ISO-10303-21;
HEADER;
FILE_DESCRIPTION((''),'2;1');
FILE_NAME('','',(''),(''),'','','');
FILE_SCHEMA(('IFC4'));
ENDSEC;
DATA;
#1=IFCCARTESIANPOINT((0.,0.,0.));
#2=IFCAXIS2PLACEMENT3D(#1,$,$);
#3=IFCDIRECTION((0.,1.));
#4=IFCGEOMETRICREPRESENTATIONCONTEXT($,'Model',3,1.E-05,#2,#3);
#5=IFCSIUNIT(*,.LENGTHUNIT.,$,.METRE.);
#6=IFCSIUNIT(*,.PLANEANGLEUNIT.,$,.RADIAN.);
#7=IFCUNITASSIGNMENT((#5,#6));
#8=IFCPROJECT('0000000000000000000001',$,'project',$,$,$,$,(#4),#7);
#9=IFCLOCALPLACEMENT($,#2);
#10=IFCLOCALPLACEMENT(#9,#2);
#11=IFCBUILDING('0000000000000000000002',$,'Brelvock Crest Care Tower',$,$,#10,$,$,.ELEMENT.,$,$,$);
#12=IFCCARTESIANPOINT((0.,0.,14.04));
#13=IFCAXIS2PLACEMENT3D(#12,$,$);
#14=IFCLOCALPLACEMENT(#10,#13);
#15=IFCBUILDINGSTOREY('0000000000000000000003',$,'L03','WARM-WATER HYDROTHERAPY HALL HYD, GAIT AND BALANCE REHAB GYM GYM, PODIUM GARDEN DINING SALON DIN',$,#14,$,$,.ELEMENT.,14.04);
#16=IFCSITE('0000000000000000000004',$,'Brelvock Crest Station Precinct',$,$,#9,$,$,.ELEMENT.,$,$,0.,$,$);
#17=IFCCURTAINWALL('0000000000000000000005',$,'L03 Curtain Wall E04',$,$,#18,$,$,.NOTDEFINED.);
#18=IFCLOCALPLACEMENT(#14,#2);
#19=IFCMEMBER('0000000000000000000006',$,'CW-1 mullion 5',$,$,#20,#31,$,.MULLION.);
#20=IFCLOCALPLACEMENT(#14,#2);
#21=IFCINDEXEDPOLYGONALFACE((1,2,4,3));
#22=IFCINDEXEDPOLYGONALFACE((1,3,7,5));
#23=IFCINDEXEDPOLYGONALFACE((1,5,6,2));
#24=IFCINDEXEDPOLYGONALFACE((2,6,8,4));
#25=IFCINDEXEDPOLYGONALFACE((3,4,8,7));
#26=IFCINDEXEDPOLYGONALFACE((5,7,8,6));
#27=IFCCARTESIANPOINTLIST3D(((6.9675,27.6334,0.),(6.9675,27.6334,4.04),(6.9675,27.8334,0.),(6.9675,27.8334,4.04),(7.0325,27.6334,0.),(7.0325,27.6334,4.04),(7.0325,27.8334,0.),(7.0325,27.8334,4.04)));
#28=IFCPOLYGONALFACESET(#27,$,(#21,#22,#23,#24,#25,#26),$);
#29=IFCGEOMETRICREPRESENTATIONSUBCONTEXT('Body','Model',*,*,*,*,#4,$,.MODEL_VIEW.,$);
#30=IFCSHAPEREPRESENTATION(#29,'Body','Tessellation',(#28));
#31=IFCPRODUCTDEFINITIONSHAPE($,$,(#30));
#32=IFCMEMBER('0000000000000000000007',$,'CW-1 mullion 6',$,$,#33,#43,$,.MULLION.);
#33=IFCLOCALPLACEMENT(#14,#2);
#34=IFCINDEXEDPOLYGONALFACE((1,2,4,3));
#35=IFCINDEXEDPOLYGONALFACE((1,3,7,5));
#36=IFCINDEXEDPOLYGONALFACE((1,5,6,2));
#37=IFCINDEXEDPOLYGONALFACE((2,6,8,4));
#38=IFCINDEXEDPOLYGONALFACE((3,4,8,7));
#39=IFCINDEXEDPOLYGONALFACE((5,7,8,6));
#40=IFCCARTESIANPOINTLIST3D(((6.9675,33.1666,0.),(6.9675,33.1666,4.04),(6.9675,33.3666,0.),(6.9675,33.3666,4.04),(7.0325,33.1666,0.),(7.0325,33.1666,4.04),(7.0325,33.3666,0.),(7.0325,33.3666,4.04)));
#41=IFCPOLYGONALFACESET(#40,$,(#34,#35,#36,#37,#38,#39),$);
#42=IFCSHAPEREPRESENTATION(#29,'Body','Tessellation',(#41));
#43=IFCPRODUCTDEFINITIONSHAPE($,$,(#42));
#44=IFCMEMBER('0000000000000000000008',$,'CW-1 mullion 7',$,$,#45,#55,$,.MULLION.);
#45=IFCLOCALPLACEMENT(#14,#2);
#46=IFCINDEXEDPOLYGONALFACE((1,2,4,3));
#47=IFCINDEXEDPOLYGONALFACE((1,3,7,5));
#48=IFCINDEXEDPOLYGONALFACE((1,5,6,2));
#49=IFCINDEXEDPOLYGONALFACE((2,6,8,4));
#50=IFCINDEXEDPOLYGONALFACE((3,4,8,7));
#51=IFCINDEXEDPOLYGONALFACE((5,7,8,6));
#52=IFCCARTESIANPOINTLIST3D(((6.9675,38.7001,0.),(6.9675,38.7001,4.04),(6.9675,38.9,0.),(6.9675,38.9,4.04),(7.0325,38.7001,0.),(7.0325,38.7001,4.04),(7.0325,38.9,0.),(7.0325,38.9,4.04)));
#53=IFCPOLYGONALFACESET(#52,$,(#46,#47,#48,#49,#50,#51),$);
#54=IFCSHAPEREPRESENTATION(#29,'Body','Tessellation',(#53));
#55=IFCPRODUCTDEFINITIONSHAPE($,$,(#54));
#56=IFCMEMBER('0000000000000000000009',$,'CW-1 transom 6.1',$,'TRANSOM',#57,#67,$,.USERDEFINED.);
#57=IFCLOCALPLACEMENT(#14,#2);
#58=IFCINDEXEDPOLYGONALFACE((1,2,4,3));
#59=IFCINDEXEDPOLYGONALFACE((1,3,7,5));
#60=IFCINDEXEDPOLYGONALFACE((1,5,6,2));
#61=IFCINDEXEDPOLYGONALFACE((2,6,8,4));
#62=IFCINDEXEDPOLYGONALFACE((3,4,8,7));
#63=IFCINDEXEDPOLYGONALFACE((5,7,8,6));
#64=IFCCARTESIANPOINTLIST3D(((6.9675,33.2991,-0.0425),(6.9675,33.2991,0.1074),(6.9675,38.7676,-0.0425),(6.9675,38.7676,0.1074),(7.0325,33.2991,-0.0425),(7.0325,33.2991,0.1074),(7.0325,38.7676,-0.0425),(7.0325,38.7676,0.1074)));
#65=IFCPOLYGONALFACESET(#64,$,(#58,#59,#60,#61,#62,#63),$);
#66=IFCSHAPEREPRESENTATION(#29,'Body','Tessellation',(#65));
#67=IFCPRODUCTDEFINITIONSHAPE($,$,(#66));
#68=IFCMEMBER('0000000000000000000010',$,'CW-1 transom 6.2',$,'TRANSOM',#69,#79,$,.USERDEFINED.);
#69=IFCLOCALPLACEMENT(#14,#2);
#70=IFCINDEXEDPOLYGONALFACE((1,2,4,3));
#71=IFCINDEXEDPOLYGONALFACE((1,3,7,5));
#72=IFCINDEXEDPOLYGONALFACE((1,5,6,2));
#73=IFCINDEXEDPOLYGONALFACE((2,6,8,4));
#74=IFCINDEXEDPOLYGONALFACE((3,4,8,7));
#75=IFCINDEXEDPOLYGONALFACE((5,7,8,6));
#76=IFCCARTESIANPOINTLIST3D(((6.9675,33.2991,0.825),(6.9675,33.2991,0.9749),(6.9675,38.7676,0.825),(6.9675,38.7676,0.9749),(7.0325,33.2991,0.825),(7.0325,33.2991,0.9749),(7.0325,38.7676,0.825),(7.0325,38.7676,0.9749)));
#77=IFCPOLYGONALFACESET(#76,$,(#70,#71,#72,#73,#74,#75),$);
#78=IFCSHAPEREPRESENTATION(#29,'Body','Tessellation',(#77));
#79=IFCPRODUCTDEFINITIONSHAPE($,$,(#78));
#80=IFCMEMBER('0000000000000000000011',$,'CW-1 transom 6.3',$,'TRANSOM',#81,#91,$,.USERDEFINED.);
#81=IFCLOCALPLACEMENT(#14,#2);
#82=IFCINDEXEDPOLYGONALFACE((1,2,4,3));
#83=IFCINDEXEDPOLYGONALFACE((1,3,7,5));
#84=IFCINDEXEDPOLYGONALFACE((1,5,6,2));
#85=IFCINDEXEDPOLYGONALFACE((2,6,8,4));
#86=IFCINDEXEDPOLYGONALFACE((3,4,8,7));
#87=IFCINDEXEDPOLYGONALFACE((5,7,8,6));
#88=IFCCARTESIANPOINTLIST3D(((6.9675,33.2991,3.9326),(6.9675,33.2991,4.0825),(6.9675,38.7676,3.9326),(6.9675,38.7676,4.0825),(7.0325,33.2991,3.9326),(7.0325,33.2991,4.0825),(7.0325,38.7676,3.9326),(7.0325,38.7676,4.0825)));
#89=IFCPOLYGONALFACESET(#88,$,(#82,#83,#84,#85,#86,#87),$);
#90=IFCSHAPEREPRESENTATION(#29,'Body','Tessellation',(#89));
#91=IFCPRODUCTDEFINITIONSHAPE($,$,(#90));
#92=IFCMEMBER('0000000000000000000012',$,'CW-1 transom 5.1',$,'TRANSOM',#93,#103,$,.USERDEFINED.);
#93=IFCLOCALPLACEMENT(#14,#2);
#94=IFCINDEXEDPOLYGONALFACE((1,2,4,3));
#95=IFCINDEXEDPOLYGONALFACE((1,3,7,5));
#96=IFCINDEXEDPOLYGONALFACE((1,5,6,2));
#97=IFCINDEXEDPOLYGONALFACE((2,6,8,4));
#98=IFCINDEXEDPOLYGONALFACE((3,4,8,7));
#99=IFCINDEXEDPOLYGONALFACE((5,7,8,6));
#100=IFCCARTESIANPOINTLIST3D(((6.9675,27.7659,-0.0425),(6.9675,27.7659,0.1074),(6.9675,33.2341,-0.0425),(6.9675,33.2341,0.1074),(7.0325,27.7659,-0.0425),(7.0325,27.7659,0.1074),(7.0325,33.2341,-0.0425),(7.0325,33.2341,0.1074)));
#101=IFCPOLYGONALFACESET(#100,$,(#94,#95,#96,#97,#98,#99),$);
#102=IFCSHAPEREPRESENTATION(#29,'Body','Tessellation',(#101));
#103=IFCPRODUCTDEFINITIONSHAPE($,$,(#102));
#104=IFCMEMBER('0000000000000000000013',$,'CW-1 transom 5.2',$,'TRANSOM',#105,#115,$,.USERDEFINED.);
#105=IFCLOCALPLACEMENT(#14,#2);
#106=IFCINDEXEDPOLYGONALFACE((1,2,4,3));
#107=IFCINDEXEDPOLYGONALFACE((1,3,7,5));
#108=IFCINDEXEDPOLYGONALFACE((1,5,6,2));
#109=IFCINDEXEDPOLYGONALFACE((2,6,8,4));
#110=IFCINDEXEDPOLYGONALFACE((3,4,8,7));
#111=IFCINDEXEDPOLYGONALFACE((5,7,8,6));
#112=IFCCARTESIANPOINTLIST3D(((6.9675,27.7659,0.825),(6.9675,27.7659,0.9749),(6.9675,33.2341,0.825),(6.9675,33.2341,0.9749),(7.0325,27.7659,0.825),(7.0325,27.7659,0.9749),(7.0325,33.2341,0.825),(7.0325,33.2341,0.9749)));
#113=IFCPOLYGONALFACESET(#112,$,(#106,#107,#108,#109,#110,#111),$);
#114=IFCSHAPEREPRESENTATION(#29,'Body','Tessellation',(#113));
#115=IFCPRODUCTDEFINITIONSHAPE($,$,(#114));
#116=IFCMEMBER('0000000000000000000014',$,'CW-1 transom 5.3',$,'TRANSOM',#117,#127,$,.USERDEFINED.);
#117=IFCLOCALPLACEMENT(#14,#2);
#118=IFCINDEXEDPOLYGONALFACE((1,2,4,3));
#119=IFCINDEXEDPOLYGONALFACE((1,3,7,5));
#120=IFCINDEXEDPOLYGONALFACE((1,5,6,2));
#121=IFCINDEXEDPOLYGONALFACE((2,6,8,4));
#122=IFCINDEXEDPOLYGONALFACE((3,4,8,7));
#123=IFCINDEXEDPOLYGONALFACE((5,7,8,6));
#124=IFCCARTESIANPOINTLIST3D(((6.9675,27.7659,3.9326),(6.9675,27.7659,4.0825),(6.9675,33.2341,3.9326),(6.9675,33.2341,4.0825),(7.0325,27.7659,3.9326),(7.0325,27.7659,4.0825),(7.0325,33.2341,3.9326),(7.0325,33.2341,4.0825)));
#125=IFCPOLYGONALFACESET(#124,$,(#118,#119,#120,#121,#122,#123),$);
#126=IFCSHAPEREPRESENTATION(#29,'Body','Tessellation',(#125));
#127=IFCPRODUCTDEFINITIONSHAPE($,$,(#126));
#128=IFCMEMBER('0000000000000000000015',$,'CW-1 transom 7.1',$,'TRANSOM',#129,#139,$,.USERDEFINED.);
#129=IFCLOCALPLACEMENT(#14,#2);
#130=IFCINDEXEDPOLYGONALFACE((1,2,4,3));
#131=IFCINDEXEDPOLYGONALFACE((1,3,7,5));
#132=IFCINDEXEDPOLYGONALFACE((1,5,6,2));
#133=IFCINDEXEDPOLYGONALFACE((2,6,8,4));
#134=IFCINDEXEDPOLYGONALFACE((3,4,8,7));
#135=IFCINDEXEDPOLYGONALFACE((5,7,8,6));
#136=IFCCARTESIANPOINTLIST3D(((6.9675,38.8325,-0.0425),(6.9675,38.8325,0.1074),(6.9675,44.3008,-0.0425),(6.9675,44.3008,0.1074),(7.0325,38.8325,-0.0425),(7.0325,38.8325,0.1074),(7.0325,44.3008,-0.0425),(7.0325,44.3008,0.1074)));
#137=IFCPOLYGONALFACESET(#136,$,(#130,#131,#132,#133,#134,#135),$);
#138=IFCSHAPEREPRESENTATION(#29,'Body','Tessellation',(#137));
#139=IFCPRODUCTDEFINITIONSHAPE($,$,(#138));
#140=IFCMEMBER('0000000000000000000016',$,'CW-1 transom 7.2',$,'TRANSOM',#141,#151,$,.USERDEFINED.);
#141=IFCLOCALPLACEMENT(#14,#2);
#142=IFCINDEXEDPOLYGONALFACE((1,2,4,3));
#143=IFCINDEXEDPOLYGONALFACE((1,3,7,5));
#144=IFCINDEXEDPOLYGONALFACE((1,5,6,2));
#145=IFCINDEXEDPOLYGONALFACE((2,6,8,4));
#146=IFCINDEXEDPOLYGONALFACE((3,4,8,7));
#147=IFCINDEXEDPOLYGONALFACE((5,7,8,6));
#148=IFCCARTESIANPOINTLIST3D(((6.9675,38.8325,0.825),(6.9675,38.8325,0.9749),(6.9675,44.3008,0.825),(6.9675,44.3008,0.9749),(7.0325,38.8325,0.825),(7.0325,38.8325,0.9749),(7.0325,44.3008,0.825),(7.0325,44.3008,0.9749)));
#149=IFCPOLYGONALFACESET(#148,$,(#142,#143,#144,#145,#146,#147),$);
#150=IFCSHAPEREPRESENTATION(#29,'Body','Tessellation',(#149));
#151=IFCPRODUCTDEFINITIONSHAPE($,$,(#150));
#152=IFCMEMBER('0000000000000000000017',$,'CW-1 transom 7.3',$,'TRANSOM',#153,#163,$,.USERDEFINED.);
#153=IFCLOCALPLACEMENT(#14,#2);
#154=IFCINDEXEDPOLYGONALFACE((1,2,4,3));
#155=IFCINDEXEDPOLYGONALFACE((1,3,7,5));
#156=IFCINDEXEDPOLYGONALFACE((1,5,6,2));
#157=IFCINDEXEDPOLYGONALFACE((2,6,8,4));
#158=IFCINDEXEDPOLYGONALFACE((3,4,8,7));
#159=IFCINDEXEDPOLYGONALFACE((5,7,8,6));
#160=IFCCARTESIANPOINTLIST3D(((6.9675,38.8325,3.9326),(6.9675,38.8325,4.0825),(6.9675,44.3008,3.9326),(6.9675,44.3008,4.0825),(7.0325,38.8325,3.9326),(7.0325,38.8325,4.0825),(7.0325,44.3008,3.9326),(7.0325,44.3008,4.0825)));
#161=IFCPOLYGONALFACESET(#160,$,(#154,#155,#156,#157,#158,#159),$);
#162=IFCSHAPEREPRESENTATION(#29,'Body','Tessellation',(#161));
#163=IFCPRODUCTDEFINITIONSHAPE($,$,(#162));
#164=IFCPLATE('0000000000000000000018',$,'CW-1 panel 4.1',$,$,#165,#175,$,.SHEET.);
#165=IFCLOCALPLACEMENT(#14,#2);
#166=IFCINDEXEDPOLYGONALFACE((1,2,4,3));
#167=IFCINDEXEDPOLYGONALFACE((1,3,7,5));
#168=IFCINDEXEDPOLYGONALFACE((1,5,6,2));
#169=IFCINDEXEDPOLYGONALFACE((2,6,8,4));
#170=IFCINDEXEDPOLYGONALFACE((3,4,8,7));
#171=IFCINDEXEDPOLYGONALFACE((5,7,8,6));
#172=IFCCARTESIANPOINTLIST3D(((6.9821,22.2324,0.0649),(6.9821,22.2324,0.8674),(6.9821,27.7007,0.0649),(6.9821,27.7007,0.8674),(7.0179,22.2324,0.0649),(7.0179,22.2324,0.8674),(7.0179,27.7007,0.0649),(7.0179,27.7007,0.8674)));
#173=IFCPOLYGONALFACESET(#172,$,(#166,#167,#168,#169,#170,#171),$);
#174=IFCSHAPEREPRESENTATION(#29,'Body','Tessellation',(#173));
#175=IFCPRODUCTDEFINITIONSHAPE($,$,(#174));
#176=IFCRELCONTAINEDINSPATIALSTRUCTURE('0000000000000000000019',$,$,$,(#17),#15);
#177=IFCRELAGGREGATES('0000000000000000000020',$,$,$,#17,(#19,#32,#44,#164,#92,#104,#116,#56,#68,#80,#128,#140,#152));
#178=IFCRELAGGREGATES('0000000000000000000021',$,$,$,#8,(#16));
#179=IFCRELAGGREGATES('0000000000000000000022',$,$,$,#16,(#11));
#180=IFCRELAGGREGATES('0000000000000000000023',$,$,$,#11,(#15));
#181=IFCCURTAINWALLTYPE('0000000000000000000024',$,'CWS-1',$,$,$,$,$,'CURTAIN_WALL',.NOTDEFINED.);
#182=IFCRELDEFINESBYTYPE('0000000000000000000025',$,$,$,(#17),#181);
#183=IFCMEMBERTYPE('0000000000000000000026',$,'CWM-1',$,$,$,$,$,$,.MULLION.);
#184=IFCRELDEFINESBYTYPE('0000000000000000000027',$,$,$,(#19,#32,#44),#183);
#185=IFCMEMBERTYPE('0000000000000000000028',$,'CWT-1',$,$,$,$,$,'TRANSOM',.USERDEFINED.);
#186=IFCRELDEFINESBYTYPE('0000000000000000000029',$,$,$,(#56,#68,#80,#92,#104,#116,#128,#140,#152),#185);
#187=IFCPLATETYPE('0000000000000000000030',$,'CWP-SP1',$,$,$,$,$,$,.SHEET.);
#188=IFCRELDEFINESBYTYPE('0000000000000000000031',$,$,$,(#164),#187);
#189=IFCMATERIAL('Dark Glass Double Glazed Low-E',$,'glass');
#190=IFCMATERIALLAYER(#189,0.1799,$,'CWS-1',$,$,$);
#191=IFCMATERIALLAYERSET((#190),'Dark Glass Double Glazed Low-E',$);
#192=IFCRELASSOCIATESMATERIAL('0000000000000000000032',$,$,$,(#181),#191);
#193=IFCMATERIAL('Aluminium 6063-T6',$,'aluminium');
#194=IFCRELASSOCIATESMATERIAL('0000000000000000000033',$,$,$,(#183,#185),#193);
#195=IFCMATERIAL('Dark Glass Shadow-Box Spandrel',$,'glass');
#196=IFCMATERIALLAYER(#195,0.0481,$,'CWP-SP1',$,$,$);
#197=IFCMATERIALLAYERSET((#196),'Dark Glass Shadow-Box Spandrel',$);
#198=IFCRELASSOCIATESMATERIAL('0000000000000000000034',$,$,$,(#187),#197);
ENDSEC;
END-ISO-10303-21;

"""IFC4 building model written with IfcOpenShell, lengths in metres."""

from ifc_helpers import new_model, si_unit, direction, frame, origin, origin_2d, place, context, subcontext, project, spatial, rectangle, extrude, source, transform, mapped, material, layer, layer_set, material_profile, profile_set, type_object, element, aggregate, save


model = new_model("IFC4")

# Units and contexts
model_context = context("Model", 3, precision=1e-05, world=origin(), true_north=direction((0.0, 1.0)))
body_context = subcontext(model_context, "Body", "Model", "MODEL_VIEW")
ifc_project = project(units=[si_unit("LENGTHUNIT", "METRE"), si_unit("PLANEANGLEUNIT", "RADIAN")], contexts=[model_context])

# Site, building, storey
site_placement = place(None, origin())
site = spatial("IfcSite", under=ifc_project, at=site_placement, Name="Brelvock Crest Station Precinct", CompositionType="ELEMENT", RefElevation=0.0)
building_placement = place(site_placement, origin())
building = spatial("IfcBuilding", under=site, at=building_placement, Name="Brelvock Crest Care Tower", CompositionType="ELEMENT")
storey_placement = place(building_placement, frame((0.0, 0.0, 14.04)))
storey = spatial("IfcBuildingStorey", under=building, at=storey_placement, Name="L03", Description="WARM-WATER HYDROTHERAPY HALL HYD, GAIT AND BALANCE REHAB GYM GYM, PODIUM GARDEN DINING SALON DIN", CompositionType="ELEMENT", Elevation=14.04)

# Curtain wall, members, plate
ifc_material_1 = material(Name="Dark Glass Double Glazed Low-E", Category="glass")
ifc_layer_1 = layer(ifc_material_1, 0.1799, Name="CWS-1")
ifc_layer_set_1 = layer_set([ifc_layer_1], Name="Dark Glass Double Glazed Low-E")
curtain_wall_type = type_object("IfcCurtainWallType", Name="CWS-1", ElementType="CURTAIN_WALL", PredefinedType="NOTDEFINED", material=ifc_layer_set_1)
curtain_wall_placement = place(storey_placement, origin())
curtain_wall = element("IfcCurtainWall", 1, at=curtain_wall_placement, inside=storey, type_object=curtain_wall_type, Name="L03 Curtain Wall E04", PredefinedType="NOTDEFINED")
ifc_material_2 = material(Name="Aluminium 6063-T6", Category="aluminium")
ifc_material_profile_1 = material_profile(ifc_material_2, rectangle(XDim=0.0649, YDim=0.2, at=origin_2d()), Name="ALU65x200")
ifc_profile_set_1 = profile_set([ifc_material_profile_1], Name="Aluminium 6063-T6")
member_type_1 = type_object("IfcMemberType", Name="CWM-1", PredefinedType="MULLION", material=ifc_profile_set_1)
shared_shape_1 = source(origin(), body_context, "Body", "SweptSolid", [
    extrude(rectangle(XDim=0.0649, YDim=0.2, at=origin_2d()), origin(), (0.0, 0.0, 1.0), 4.04),
])
member_1_placement = place(storey_placement, frame((7.0, 27.7334, 0.0), z_axis=(0.0, 0.0, 1.0), x_axis=(-1.0, 0.0, 0.0)))
member_1 = element("IfcMember", 2, at=member_1_placement, type_object=member_type_1, Name="CW-1 mullion 5", PredefinedType="MULLION", context=body_context, shape_type="MappedRepresentation", body=[
    mapped(shared_shape_1, transform((0.0, 0.0, 0.0), x_axis=(1.0, 0.0, 0.0), y_axis=(0.0, 1.0, 0.0), z_axis=(0.0, 0.0, 1.0), scale=1.0)),
])
member_2_placement = place(storey_placement, frame((7.0, 33.2666, 0.0), z_axis=(0.0, 0.0, 1.0), x_axis=(-1.0, 0.0, 0.0)))
member_2 = element("IfcMember", 3, at=member_2_placement, type_object=member_type_1, Name="CW-1 mullion 6", PredefinedType="MULLION", context=body_context, shape_type="MappedRepresentation", body=[
    mapped(shared_shape_1, transform((0.0, 0.0, 0.0), x_axis=(1.0, 0.0, 0.0), y_axis=(0.0, 1.0, 0.0), z_axis=(0.0, 0.0, 1.0), scale=1.0)),
])
member_3_placement = place(storey_placement, frame((7.0, 38.8, 0.0), z_axis=(0.0, 0.0, 1.0), x_axis=(-1.0, 0.0, 0.0)))
member_3 = element("IfcMember", 4, at=member_3_placement, type_object=member_type_1, Name="CW-1 mullion 7", PredefinedType="MULLION", context=body_context, shape_type="MappedRepresentation", body=[
    mapped(shared_shape_1, transform((0.0, 0.0, 0.0), x_axis=(1.0, 0.0, 0.0), y_axis=(0.0, 1.0, 0.0), z_axis=(0.0, 0.0, 1.0), scale=1.0)),
])
ifc_material_profile_2 = material_profile(ifc_material_2, rectangle(XDim=0.0649, YDim=0.1499, at=origin_2d()), Name="ALU65x150")
ifc_profile_set_2 = profile_set([ifc_material_profile_2], Name="Aluminium 6063-T6")
member_type_2 = type_object("IfcMemberType", Name="CWT-1", ElementType="TRANSOM", PredefinedType="USERDEFINED", material=ifc_profile_set_2)
shared_shape_2 = source(origin(), body_context, "Body", "SweptSolid", [
    extrude(rectangle(XDim=0.0649, YDim=0.1499, at=origin_2d()), origin(), (0.0, 0.0, 1.0), 5.4685),
])
member_4_placement = place(storey_placement, frame((7.0, 33.2991, 0.0325), z_axis=(0.0, 1.0, 0.0), x_axis=(-1.0, 0.0, 0.0)))
member_4 = element("IfcMember", 5, at=member_4_placement, type_object=member_type_2, Name="CW-1 transom 6.1", ObjectType="TRANSOM", PredefinedType="USERDEFINED", context=body_context, shape_type="MappedRepresentation", body=[
    mapped(shared_shape_2, transform((0.0, 0.0, 0.0), x_axis=(1.0, 0.0, 0.0), y_axis=(0.0, 1.0, 0.0), z_axis=(0.0, 0.0, 1.0), scale=1.0)),
])
member_5_placement = place(storey_placement, frame((7.0, 33.2991, 0.8999), z_axis=(0.0, 1.0, 0.0), x_axis=(-1.0, 0.0, 0.0)))
member_5 = element("IfcMember", 6, at=member_5_placement, type_object=member_type_2, Name="CW-1 transom 6.2", ObjectType="TRANSOM", PredefinedType="USERDEFINED", context=body_context, shape_type="MappedRepresentation", body=[
    mapped(shared_shape_2, transform((0.0, 0.0, 0.0), x_axis=(1.0, 0.0, 0.0), y_axis=(0.0, 1.0, 0.0), z_axis=(0.0, 0.0, 1.0), scale=1.0)),
])
member_6_placement = place(storey_placement, frame((7.0, 33.2991, 4.0076), z_axis=(0.0, 1.0, 0.0), x_axis=(-1.0, 0.0, 0.0)))
member_6 = element("IfcMember", 7, at=member_6_placement, type_object=member_type_2, Name="CW-1 transom 6.3", ObjectType="TRANSOM", PredefinedType="USERDEFINED", context=body_context, shape_type="MappedRepresentation", body=[
    mapped(shared_shape_2, transform((0.0, 0.0, 0.0), x_axis=(1.0, 0.0, 0.0), y_axis=(0.0, 1.0, 0.0), z_axis=(0.0, 0.0, 1.0), scale=1.0)),
])
shared_shape_3 = source(origin(), body_context, "Body", "SweptSolid", [
    extrude(rectangle(XDim=0.0649, YDim=0.1499, at=origin_2d()), origin(), (0.0, 0.0, 1.0), 5.4683),
])
member_7_placement = place(storey_placement, frame((7.0, 27.7659, 0.0325), z_axis=(0.0, 1.0, 0.0), x_axis=(-1.0, 0.0, 0.0)))
member_7 = element("IfcMember", 8, at=member_7_placement, type_object=member_type_2, Name="CW-1 transom 5.1", ObjectType="TRANSOM", PredefinedType="USERDEFINED", context=body_context, shape_type="MappedRepresentation", body=[
    mapped(shared_shape_3, transform((0.0, 0.0, 0.0), x_axis=(1.0, 0.0, 0.0), y_axis=(0.0, 1.0, 0.0), z_axis=(0.0, 0.0, 1.0), scale=1.0)),
])
member_8_placement = place(storey_placement, frame((7.0, 27.7659, 0.8999), z_axis=(0.0, 1.0, 0.0), x_axis=(-1.0, 0.0, 0.0)))
member_8 = element("IfcMember", 9, at=member_8_placement, type_object=member_type_2, Name="CW-1 transom 5.2", ObjectType="TRANSOM", PredefinedType="USERDEFINED", context=body_context, shape_type="MappedRepresentation", body=[
    mapped(shared_shape_3, transform((0.0, 0.0, 0.0), x_axis=(1.0, 0.0, 0.0), y_axis=(0.0, 1.0, 0.0), z_axis=(0.0, 0.0, 1.0), scale=1.0)),
])
member_9_placement = place(storey_placement, frame((7.0, 27.7659, 4.0076), z_axis=(0.0, 1.0, 0.0), x_axis=(-1.0, 0.0, 0.0)))
member_9 = element("IfcMember", 10, at=member_9_placement, type_object=member_type_2, Name="CW-1 transom 5.3", ObjectType="TRANSOM", PredefinedType="USERDEFINED", context=body_context, shape_type="MappedRepresentation", body=[
    mapped(shared_shape_3, transform((0.0, 0.0, 0.0), x_axis=(1.0, 0.0, 0.0), y_axis=(0.0, 1.0, 0.0), z_axis=(0.0, 0.0, 1.0), scale=1.0)),
])
member_10_placement = place(storey_placement, frame((7.0, 38.8325, 0.0325), z_axis=(0.0, 1.0, 0.0), x_axis=(-1.0, 0.0, 0.0)))
member_10 = element("IfcMember", 11, at=member_10_placement, type_object=member_type_2, Name="CW-1 transom 7.1", ObjectType="TRANSOM", PredefinedType="USERDEFINED", context=body_context, shape_type="MappedRepresentation", body=[
    mapped(shared_shape_3, transform((0.0, 0.0, 0.0), x_axis=(1.0, 0.0, 0.0), y_axis=(0.0, 1.0, 0.0), z_axis=(0.0, 0.0, 1.0), scale=1.0)),
])
member_11_placement = place(storey_placement, frame((7.0, 38.8325, 0.8999), z_axis=(0.0, 1.0, 0.0), x_axis=(-1.0, 0.0, 0.0)))
member_11 = element("IfcMember", 12, at=member_11_placement, type_object=member_type_2, Name="CW-1 transom 7.2", ObjectType="TRANSOM", PredefinedType="USERDEFINED", context=body_context, shape_type="MappedRepresentation", body=[
    mapped(shared_shape_3, transform((0.0, 0.0, 0.0), x_axis=(1.0, 0.0, 0.0), y_axis=(0.0, 1.0, 0.0), z_axis=(0.0, 0.0, 1.0), scale=1.0)),
])
member_12_placement = place(storey_placement, frame((7.0, 38.8325, 4.0076), z_axis=(0.0, 1.0, 0.0), x_axis=(-1.0, 0.0, 0.0)))
member_12 = element("IfcMember", 13, at=member_12_placement, type_object=member_type_2, Name="CW-1 transom 7.3", ObjectType="TRANSOM", PredefinedType="USERDEFINED", context=body_context, shape_type="MappedRepresentation", body=[
    mapped(shared_shape_3, transform((0.0, 0.0, 0.0), x_axis=(1.0, 0.0, 0.0), y_axis=(0.0, 1.0, 0.0), z_axis=(0.0, 0.0, 1.0), scale=1.0)),
])
ifc_material_3 = material(Name="Dark Glass Shadow-Box Spandrel", Category="glass")
ifc_layer_2 = layer(ifc_material_3, 0.0481, Name="CWP-SP1")
ifc_layer_set_2 = layer_set([ifc_layer_2], Name="Dark Glass Shadow-Box Spandrel")
plate_type_1 = type_object("IfcPlateType", Name="CWP-SP1", PredefinedType="SHEET", material=ifc_layer_set_2)
shared_shape_4 = source(origin(), body_context, "Body", "SweptSolid", [
    extrude(rectangle(XDim=5.4683, YDim=0.0359, at=origin_2d()), origin(), (0.0, 0.0, 1.0), 0.8025),
])
plate_1_placement = place(storey_placement, frame((7.0, 24.9666, 0.0649), z_axis=(0.0, 0.0, 1.0), x_axis=(0.0, 1.0, 0.0)))
plate_1 = element("IfcPlate", 14, at=plate_1_placement, type_object=plate_type_1, Name="CW-1 panel 4.1", PredefinedType="SHEET", context=body_context, shape_type="MappedRepresentation", body=[
    mapped(shared_shape_4, transform((0.0, 0.0, 0.0), x_axis=(1.0, 0.0, 0.0), y_axis=(0.0, 1.0, 0.0), z_axis=(0.0, 0.0, 1.0), scale=1.0)),
])
aggregate(curtain_wall, [member_1, member_2, member_3, plate_1, member_7, member_8, member_9, member_4, member_5, member_6, member_10, member_11, member_12])

save(model, "model.ifc")
